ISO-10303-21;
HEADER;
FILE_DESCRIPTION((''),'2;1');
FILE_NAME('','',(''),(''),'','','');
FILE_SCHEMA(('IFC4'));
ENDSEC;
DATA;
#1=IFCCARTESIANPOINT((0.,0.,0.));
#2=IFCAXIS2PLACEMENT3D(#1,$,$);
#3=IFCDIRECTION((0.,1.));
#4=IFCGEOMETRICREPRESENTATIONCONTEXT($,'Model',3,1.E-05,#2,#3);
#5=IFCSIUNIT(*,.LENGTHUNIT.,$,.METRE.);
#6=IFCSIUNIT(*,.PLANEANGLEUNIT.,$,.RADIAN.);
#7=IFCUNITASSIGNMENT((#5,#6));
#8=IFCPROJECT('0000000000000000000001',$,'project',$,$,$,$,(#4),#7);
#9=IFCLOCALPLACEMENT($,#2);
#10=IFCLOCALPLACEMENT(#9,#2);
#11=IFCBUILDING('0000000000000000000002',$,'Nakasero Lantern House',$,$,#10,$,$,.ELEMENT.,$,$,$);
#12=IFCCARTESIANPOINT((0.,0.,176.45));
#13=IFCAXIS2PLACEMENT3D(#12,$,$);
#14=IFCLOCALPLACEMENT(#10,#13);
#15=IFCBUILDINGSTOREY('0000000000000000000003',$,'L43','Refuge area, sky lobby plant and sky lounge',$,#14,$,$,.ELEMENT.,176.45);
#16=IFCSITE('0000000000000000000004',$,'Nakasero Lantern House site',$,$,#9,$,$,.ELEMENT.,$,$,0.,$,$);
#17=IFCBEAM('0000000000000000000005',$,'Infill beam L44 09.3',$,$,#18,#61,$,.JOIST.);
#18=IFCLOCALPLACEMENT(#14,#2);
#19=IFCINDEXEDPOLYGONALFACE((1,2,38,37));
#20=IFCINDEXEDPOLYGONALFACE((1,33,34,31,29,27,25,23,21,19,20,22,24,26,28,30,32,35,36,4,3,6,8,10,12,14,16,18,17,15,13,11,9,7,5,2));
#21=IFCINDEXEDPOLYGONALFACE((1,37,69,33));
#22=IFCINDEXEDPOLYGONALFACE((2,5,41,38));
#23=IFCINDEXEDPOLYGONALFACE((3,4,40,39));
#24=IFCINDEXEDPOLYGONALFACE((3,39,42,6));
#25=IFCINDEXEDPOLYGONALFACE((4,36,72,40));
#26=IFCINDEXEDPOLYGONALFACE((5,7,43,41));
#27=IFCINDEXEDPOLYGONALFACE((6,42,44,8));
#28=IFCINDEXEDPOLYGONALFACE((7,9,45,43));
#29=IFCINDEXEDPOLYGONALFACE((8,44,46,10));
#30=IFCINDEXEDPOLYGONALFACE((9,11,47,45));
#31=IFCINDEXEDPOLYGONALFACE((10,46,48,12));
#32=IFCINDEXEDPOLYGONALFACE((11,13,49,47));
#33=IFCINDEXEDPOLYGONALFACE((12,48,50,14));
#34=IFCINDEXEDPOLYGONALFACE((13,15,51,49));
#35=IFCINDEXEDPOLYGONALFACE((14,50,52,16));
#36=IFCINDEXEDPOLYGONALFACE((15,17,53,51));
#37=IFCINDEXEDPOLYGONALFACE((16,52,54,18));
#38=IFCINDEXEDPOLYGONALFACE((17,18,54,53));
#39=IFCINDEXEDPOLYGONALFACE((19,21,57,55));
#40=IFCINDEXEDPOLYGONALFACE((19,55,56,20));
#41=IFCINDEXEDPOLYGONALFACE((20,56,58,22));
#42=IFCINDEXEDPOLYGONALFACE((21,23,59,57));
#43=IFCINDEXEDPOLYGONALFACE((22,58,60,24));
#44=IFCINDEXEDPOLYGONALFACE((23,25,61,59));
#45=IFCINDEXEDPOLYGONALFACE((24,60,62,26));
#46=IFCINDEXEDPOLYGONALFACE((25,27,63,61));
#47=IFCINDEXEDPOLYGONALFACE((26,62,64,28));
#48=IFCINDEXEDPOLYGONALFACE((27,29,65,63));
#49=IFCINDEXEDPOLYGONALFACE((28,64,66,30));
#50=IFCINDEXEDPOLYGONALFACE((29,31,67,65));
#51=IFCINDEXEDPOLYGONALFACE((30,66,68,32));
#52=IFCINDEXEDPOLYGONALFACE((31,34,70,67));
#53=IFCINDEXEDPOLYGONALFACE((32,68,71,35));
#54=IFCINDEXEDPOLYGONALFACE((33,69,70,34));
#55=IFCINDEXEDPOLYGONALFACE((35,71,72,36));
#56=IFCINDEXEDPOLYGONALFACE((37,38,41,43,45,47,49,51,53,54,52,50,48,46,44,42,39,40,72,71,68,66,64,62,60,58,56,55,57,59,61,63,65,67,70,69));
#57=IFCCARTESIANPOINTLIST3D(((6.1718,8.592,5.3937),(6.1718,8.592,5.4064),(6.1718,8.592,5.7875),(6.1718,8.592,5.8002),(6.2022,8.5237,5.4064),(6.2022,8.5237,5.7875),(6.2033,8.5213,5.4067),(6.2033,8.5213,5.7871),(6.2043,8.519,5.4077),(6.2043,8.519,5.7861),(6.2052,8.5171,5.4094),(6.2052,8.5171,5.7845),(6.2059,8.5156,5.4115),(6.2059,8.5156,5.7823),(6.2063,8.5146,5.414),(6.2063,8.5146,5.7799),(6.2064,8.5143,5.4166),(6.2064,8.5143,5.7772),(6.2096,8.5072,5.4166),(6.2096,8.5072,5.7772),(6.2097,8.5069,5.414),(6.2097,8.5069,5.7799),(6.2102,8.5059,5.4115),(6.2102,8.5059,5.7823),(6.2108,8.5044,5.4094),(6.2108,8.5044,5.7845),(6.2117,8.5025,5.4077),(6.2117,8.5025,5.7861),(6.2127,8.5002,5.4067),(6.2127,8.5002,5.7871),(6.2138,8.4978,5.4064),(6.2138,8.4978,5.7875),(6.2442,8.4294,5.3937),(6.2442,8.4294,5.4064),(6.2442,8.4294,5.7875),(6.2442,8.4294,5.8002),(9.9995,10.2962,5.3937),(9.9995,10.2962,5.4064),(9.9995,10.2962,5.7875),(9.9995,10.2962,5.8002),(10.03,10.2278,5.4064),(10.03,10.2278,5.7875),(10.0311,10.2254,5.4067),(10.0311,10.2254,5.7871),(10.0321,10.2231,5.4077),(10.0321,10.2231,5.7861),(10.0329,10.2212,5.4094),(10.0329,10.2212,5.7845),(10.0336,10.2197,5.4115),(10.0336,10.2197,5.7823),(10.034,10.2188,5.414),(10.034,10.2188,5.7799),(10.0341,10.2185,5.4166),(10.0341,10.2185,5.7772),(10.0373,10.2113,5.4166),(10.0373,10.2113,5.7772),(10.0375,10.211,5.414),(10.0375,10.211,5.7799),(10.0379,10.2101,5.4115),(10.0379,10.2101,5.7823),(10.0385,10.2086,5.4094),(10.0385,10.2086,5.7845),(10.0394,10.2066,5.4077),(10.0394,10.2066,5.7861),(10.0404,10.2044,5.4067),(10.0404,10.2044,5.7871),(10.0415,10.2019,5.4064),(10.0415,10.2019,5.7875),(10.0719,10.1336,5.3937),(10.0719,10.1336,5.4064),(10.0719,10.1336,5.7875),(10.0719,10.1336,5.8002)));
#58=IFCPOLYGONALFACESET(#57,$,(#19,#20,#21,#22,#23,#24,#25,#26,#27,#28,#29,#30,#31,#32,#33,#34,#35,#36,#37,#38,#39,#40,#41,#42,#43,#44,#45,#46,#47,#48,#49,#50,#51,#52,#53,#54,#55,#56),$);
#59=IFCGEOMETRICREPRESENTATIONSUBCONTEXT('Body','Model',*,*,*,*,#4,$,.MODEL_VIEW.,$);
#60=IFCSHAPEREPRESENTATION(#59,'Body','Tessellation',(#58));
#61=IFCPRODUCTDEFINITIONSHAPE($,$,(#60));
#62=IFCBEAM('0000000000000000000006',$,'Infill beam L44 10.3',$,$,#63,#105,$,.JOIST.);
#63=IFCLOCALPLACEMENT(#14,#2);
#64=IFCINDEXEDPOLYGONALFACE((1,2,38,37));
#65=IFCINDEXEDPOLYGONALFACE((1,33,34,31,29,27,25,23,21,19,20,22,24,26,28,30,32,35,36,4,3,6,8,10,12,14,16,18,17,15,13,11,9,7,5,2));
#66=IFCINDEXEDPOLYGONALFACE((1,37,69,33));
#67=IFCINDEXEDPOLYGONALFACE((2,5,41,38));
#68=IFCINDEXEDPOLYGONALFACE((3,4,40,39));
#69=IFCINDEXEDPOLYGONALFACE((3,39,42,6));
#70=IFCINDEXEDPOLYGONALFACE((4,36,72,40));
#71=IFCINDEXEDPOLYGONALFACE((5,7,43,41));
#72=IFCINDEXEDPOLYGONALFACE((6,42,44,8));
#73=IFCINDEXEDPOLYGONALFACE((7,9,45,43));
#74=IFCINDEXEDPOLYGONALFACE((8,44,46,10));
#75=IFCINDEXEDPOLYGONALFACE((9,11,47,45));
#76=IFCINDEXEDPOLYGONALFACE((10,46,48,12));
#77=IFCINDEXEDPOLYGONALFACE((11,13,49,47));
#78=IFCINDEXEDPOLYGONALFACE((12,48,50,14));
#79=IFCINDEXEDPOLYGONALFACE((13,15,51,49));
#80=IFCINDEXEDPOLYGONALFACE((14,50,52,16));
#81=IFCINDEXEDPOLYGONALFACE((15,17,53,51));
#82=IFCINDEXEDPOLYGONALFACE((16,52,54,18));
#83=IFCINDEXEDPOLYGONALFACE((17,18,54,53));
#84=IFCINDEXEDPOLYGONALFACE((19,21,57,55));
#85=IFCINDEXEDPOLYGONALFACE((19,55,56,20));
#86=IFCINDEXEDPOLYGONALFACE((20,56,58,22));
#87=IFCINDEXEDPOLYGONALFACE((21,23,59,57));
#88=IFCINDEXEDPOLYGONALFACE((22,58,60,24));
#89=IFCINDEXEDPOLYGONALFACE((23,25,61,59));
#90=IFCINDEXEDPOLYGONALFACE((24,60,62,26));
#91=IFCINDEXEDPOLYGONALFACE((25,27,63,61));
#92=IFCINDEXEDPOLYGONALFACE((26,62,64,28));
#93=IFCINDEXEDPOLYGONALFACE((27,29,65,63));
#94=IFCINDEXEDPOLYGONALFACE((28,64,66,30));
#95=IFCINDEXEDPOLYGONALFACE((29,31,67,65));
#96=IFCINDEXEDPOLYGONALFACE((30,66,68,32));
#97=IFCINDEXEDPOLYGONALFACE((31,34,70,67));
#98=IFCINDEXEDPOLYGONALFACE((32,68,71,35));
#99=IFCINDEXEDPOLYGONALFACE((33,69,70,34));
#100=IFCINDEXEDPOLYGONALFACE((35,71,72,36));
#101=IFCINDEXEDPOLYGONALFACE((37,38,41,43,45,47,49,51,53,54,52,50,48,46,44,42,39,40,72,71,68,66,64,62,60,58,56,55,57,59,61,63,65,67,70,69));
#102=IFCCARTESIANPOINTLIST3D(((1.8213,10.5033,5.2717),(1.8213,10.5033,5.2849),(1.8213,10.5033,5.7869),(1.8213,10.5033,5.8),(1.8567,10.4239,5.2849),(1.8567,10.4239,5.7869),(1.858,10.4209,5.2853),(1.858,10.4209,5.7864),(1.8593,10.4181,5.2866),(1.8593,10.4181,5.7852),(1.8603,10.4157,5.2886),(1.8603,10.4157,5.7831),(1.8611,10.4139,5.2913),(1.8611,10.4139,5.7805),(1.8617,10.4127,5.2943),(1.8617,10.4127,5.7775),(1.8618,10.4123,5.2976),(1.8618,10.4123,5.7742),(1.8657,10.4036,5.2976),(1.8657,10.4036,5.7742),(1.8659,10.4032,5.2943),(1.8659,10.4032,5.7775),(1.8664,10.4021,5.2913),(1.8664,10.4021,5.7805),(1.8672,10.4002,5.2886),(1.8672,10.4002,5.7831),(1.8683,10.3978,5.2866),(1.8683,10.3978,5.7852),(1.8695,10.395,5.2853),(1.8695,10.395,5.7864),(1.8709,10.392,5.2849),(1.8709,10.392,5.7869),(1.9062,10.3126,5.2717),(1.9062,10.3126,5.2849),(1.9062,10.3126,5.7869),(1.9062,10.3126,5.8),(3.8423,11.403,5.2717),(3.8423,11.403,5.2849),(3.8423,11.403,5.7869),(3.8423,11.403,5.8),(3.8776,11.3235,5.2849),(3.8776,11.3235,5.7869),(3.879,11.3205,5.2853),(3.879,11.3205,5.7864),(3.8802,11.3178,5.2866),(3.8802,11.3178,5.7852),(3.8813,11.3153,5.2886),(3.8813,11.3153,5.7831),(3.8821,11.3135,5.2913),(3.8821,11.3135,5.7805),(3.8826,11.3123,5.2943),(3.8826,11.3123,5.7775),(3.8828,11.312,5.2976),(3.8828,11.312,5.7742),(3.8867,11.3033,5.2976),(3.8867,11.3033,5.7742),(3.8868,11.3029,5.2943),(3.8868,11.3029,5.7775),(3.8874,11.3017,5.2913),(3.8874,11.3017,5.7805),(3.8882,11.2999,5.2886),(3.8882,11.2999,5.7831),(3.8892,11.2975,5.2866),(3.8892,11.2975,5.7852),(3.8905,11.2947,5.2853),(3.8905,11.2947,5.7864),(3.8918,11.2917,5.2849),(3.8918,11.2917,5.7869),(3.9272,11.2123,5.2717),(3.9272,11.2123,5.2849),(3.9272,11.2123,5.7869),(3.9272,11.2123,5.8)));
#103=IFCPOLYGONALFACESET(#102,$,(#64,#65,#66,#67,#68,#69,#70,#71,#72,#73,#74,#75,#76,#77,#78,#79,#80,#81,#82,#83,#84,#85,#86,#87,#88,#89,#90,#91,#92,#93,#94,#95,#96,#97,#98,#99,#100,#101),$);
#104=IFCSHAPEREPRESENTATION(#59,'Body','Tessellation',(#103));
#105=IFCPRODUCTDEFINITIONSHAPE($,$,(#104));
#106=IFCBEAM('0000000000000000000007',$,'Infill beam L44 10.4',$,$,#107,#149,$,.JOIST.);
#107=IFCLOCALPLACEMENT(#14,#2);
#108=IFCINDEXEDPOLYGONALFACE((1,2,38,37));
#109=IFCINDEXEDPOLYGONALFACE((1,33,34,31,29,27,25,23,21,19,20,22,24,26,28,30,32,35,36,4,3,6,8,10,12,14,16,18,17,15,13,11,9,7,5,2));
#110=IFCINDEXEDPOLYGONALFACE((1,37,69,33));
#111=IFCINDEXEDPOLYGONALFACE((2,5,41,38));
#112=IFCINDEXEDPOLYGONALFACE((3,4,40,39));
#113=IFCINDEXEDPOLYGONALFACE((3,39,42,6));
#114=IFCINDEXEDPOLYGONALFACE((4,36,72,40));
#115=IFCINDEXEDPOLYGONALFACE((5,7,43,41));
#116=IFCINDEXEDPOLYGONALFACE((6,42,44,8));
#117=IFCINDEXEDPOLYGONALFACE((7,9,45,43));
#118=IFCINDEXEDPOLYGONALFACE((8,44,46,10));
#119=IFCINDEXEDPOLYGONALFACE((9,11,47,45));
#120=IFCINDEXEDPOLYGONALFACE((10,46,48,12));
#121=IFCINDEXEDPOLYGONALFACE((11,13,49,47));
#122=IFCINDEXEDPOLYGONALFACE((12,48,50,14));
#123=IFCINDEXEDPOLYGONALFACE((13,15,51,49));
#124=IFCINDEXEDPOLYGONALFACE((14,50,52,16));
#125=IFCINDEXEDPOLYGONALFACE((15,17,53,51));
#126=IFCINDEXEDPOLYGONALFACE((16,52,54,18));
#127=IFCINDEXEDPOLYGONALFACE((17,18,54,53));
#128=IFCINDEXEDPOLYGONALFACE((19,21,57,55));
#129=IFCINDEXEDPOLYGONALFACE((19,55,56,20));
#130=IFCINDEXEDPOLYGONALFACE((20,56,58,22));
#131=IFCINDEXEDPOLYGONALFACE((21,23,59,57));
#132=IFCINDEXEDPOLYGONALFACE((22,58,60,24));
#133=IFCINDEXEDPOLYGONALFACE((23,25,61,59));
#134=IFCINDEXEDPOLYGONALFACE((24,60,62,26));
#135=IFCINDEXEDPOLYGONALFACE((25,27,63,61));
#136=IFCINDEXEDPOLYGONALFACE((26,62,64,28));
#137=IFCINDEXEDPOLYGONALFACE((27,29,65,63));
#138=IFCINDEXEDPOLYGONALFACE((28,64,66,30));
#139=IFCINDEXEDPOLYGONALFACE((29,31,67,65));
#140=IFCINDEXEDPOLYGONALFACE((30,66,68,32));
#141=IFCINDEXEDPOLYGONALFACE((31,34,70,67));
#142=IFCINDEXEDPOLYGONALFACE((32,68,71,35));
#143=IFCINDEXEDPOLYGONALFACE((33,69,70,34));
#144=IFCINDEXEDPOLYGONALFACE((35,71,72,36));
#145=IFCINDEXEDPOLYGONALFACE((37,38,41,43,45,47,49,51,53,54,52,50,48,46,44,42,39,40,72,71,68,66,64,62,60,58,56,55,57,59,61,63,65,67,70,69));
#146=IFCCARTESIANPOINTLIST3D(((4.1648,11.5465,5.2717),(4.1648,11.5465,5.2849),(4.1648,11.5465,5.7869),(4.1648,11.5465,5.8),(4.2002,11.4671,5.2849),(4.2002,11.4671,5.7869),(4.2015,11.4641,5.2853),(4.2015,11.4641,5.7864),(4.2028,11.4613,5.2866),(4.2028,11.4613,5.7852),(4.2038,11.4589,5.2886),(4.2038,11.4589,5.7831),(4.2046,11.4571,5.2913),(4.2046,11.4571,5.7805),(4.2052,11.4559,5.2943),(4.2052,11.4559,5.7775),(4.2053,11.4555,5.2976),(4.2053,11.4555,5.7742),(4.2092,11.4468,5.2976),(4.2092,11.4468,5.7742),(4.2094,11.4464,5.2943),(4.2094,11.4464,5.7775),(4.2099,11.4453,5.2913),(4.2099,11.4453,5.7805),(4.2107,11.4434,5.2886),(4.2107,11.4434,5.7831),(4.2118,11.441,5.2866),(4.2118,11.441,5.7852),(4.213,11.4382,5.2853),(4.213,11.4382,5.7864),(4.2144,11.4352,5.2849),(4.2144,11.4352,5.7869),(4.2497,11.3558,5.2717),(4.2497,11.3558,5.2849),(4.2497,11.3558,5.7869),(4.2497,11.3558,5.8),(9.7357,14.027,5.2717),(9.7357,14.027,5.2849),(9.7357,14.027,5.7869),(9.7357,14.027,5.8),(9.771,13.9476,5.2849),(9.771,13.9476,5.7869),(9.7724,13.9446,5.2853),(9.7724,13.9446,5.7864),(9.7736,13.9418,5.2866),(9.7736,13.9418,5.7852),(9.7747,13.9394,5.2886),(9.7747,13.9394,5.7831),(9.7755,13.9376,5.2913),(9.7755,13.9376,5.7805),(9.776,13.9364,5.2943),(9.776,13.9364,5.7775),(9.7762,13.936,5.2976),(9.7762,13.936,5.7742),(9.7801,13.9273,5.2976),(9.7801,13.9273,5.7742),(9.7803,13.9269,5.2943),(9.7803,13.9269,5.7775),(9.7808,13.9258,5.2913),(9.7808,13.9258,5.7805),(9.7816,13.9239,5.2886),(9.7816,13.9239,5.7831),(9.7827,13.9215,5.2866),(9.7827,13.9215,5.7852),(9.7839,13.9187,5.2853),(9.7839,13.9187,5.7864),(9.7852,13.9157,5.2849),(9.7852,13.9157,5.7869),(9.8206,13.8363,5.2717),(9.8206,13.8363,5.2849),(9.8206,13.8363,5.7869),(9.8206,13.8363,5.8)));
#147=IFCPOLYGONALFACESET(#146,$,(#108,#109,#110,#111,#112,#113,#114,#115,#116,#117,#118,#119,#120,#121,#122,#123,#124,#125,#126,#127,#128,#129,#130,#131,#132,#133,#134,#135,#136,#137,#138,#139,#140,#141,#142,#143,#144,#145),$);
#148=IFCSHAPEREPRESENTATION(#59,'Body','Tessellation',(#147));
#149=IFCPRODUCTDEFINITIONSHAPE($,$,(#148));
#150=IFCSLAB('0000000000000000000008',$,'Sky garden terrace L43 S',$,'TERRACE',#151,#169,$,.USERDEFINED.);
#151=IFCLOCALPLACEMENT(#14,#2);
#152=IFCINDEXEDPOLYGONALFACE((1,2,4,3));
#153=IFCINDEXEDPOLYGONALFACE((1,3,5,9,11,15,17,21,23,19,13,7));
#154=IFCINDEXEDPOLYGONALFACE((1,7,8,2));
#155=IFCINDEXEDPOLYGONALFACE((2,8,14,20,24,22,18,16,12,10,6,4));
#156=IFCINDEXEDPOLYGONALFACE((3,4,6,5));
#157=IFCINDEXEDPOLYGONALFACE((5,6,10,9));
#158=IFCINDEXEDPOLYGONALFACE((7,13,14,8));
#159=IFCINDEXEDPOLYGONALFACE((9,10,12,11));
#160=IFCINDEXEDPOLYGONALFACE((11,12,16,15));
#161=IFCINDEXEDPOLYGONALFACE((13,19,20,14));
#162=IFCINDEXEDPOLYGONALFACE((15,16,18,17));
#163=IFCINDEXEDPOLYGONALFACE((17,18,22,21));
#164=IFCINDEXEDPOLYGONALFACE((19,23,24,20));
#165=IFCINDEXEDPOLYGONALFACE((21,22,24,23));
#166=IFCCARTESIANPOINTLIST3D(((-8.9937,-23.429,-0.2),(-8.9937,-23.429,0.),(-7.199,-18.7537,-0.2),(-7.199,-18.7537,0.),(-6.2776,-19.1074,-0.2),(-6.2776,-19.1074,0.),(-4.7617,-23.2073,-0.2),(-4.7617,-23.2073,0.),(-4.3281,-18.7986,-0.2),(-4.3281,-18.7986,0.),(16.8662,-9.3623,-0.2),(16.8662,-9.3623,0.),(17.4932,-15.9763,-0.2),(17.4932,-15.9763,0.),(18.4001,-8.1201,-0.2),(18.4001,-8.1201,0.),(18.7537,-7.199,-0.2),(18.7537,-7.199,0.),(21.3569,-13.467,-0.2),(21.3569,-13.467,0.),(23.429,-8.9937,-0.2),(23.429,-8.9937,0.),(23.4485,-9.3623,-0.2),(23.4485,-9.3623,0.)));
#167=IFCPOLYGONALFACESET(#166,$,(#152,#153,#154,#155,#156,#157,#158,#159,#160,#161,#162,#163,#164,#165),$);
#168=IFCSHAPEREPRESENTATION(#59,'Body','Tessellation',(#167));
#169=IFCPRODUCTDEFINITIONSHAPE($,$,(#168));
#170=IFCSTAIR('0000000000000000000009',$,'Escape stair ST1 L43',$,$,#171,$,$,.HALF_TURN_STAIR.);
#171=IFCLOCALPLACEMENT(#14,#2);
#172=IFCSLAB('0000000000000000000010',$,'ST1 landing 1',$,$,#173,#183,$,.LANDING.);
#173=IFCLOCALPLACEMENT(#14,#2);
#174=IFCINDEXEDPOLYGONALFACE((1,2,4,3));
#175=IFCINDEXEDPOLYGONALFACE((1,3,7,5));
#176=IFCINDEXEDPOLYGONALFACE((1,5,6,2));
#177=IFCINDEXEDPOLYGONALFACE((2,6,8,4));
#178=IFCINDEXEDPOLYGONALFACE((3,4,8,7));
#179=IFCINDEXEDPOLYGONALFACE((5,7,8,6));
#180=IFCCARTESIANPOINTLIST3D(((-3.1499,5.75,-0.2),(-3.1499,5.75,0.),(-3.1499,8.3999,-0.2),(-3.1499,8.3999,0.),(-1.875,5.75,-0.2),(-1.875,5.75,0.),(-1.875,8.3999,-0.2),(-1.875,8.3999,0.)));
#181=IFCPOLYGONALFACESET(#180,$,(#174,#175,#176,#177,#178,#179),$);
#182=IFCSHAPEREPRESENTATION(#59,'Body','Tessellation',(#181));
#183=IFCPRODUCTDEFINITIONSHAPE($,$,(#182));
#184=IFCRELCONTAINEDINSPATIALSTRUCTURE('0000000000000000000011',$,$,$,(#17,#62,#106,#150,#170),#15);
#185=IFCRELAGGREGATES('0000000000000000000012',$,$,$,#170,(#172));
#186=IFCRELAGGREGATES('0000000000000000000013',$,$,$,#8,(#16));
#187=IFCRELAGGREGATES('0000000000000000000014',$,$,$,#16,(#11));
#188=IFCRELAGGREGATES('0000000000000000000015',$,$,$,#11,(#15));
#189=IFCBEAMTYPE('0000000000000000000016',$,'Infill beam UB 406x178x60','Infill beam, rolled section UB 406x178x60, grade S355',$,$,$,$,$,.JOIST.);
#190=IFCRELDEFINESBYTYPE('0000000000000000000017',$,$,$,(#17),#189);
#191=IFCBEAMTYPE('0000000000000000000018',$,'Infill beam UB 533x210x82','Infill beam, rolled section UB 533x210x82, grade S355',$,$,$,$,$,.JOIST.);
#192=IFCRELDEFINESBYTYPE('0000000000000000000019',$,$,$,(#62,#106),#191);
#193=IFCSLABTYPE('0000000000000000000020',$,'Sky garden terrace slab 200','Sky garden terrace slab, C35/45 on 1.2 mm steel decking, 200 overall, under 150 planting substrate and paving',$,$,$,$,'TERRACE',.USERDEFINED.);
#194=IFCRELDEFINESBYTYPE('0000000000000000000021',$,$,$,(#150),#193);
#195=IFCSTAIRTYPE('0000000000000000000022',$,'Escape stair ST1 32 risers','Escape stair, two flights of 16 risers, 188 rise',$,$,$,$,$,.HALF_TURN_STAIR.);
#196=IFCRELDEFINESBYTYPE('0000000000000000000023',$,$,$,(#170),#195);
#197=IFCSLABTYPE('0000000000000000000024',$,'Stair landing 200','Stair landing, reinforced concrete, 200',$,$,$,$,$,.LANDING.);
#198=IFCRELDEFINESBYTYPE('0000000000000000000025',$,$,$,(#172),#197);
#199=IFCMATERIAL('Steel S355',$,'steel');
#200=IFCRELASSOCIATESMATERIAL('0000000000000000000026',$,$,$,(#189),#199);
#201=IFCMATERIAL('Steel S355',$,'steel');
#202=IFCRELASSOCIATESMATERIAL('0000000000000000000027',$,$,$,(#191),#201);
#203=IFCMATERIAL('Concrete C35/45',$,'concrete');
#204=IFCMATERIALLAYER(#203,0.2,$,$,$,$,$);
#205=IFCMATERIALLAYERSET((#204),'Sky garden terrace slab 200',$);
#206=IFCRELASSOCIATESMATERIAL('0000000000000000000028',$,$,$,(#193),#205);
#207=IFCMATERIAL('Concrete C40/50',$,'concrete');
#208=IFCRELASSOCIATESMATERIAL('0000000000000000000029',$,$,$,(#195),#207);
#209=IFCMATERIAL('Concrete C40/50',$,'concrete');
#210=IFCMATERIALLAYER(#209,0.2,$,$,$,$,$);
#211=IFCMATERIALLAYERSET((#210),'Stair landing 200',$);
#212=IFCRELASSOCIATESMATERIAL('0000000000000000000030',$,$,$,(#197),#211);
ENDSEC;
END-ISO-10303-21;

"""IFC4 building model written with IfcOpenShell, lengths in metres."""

from ifc_helpers import new_model, si_unit, direction, frame, origin, origin_2d, place, context, subcontext, project, spatial, polyline, i_section, outline, extrude, material, layer, layer_set, material_profile, profile_set, type_object, element, aggregate, save


model = new_model("IFC4")

# Units and contexts
model_context = context("Model", 3, precision=1e-05, world=origin(), true_north=direction((0.0, 1.0)))
body_context = subcontext(model_context, "Body", "Model", "MODEL_VIEW")
ifc_project = project(units=[si_unit("LENGTHUNIT", "METRE"), si_unit("PLANEANGLEUNIT", "RADIAN")], contexts=[model_context])

# Site, building, storey
site_placement = place(None, origin())
site = spatial("IfcSite", under=ifc_project, at=site_placement, Name="Nakasero Lantern House site", CompositionType="ELEMENT", RefElevation=0.0)
building_placement = place(site_placement, origin())
building = spatial("IfcBuilding", under=site, at=building_placement, Name="Nakasero Lantern House", CompositionType="ELEMENT")
storey_placement = place(building_placement, frame((0.0, 0.0, 176.45)))
storey = spatial("IfcBuildingStorey", under=building, at=storey_placement, Name="L43", Description="Refuge area, sky lobby plant and sky lounge", CompositionType="ELEMENT", Elevation=176.45)

# Beams
ifc_material_1 = material(Name="Steel S355", Category="steel")
ifc_material_profile_1 = material_profile(ifc_material_1, i_section(OverallWidth=0.178, OverallDepth=0.4065, WebThickness=0.0078, FlangeThickness=0.0127, FilletRadius=0.0103, at=origin_2d()), Name="UB 406x178x60")
ifc_profile_set_1 = profile_set([ifc_material_profile_1], Name="Steel S355")
beam_type_1 = type_object("IfcBeamType", Name="Infill beam UB 406x178x60", Description="Infill beam, rolled section UB 406x178x60, grade S355", PredefinedType="JOIST", material=ifc_profile_set_1)
beam_1_placement = place(storey_placement, frame((6.208, 8.5107, 5.5969), z_axis=(0.913552, 0.406722, 0.0), x_axis=(-0.406722, 0.913552, 0.0)))
element("IfcBeam", 1, at=beam_1_placement, inside=storey, type_object=beam_type_1, Name="Infill beam L44 09.3", PredefinedType="JOIST", context=body_context, shape_type="SweptSolid", body=[
    extrude(i_section(OverallWidth=0.178, OverallDepth=0.4065, WebThickness=0.0078, FlangeThickness=0.0127, FilletRadius=0.0103, at=origin_2d()), origin(), (0.0, 0.0, 1.0), 4.1899),
])
ifc_material_2 = material(Name="Steel S355", Category="steel")
ifc_material_profile_2 = material_profile(ifc_material_2, i_section(OverallWidth=0.2087, OverallDepth=0.5283, WebThickness=0.0095, FlangeThickness=0.0132, FilletRadius=0.0127, at=origin_2d()), Name="UB 533x210x82")
ifc_profile_set_2 = profile_set([ifc_material_profile_2], Name="Steel S355")
beam_type_2 = type_object("IfcBeamType", Name="Infill beam UB 533x210x82", Description="Infill beam, rolled section UB 533x210x82, grade S355", PredefinedType="JOIST", material=ifc_profile_set_2)
beam_2_placement = place(storey_placement, frame((1.8638, 10.408, 5.5359), z_axis=(0.91357, 0.406681, 0.0), x_axis=(-0.406681, 0.91357, 0.0)))
element("IfcBeam", 2, at=beam_2_placement, inside=storey, type_object=beam_type_2, Name="Infill beam L44 10.3", PredefinedType="JOIST", context=body_context, shape_type="SweptSolid", body=[
    extrude(i_section(OverallWidth=0.2087, OverallDepth=0.5283, WebThickness=0.0095, FlangeThickness=0.0132, FilletRadius=0.0127, at=origin_2d()), origin(), (0.0, 0.0, 1.0), 2.2122),
])
beam_3_placement = place(storey_placement, frame((4.2073, 11.4512, 5.5359), z_axis=(0.913534, 0.406762, 0.0), x_axis=(-0.406762, 0.913534, 0.0)))
element("IfcBeam", 3, at=beam_3_placement, inside=storey, type_object=beam_type_2, Name="Infill beam L44 10.4", PredefinedType="JOIST", context=body_context, shape_type="SweptSolid", body=[
    extrude(i_section(OverallWidth=0.2087, OverallDepth=0.5283, WebThickness=0.0095, FlangeThickness=0.0132, FilletRadius=0.0127, at=origin_2d()), origin(), (0.0, 0.0, 1.0), 6.0981),
])

# Slab
ifc_material_3 = material(Name="Concrete C35/45", Category="concrete")
ifc_layer_1 = layer(ifc_material_3, 0.2)
ifc_layer_set_1 = layer_set([ifc_layer_1], Name="Sky garden terrace slab 200")
slab_type_1 = type_object("IfcSlabType", Name="Sky garden terrace slab 200", Description="Sky garden terrace slab, C35/45 on 1.2 mm steel decking, 200 overall, under 150 planting substrate and paving", ElementType="TERRACE", PredefinedType="USERDEFINED", material=ifc_layer_set_1)
slab_1_placement = place(storey_placement, frame((0.0, 0.0, -0.2)))
element("IfcSlab", 4, at=slab_1_placement, inside=storey, type_object=slab_type_1, Name="Sky garden terrace L43 S", ObjectType="TERRACE", PredefinedType="USERDEFINED", context=body_context, shape_type="SweptSolid", body=[
    extrude(outline(polyline([(23.4485, -9.3623), (23.429, -8.9937), (18.7537, -7.199), (18.4001, -8.1201), (16.8662, -9.3623), (-4.3281, -18.7986), (-6.2776, -19.1074), (-7.199, -18.7537), (-8.9937, -23.429), (-4.7617, -23.2073), (17.4932, -15.9763), (21.3569, -13.467), (23.4485, -9.3623)])), origin(), (0.0, 0.0, 1.0), 0.2),
])

# Stair, slab
ifc_material_4 = material(Name="Concrete C40/50", Category="concrete")
stair_type_1 = type_object("IfcStairType", Name="Escape stair ST1 32 risers", Description="Escape stair, two flights of 16 risers, 188 rise", PredefinedType="HALF_TURN_STAIR", material=ifc_material_4)
stair_1_placement = place(storey_placement, origin())
stair_1 = element("IfcStair", 5, at=stair_1_placement, inside=storey, type_object=stair_type_1, Name="Escape stair ST1 L43", PredefinedType="HALF_TURN_STAIR")
ifc_material_5 = material(Name="Concrete C40/50", Category="concrete")
ifc_layer_2 = layer(ifc_material_5, 0.2)
ifc_layer_set_2 = layer_set([ifc_layer_2], Name="Stair landing 200")
slab_type_2 = type_object("IfcSlabType", Name="Stair landing 200", Description="Stair landing, reinforced concrete, 200", PredefinedType="LANDING", material=ifc_layer_set_2)
slab_2_placement = place(storey_placement, frame((0.0, 0.0, -0.2)))
slab_2 = element("IfcSlab", 6, at=slab_2_placement, type_object=slab_type_2, Name="ST1 landing 1", PredefinedType="LANDING", context=body_context, shape_type="SweptSolid", body=[
    extrude(outline(polyline([(-3.1499, 5.75), (-1.875, 5.75), (-1.875, 8.3999), (-3.1499, 8.3999), (-3.1499, 5.75)])), origin(), (0.0, 0.0, 1.0), 0.2),
])

aggregate(stair_1, [slab_2])

save(model, "model.ifc")
